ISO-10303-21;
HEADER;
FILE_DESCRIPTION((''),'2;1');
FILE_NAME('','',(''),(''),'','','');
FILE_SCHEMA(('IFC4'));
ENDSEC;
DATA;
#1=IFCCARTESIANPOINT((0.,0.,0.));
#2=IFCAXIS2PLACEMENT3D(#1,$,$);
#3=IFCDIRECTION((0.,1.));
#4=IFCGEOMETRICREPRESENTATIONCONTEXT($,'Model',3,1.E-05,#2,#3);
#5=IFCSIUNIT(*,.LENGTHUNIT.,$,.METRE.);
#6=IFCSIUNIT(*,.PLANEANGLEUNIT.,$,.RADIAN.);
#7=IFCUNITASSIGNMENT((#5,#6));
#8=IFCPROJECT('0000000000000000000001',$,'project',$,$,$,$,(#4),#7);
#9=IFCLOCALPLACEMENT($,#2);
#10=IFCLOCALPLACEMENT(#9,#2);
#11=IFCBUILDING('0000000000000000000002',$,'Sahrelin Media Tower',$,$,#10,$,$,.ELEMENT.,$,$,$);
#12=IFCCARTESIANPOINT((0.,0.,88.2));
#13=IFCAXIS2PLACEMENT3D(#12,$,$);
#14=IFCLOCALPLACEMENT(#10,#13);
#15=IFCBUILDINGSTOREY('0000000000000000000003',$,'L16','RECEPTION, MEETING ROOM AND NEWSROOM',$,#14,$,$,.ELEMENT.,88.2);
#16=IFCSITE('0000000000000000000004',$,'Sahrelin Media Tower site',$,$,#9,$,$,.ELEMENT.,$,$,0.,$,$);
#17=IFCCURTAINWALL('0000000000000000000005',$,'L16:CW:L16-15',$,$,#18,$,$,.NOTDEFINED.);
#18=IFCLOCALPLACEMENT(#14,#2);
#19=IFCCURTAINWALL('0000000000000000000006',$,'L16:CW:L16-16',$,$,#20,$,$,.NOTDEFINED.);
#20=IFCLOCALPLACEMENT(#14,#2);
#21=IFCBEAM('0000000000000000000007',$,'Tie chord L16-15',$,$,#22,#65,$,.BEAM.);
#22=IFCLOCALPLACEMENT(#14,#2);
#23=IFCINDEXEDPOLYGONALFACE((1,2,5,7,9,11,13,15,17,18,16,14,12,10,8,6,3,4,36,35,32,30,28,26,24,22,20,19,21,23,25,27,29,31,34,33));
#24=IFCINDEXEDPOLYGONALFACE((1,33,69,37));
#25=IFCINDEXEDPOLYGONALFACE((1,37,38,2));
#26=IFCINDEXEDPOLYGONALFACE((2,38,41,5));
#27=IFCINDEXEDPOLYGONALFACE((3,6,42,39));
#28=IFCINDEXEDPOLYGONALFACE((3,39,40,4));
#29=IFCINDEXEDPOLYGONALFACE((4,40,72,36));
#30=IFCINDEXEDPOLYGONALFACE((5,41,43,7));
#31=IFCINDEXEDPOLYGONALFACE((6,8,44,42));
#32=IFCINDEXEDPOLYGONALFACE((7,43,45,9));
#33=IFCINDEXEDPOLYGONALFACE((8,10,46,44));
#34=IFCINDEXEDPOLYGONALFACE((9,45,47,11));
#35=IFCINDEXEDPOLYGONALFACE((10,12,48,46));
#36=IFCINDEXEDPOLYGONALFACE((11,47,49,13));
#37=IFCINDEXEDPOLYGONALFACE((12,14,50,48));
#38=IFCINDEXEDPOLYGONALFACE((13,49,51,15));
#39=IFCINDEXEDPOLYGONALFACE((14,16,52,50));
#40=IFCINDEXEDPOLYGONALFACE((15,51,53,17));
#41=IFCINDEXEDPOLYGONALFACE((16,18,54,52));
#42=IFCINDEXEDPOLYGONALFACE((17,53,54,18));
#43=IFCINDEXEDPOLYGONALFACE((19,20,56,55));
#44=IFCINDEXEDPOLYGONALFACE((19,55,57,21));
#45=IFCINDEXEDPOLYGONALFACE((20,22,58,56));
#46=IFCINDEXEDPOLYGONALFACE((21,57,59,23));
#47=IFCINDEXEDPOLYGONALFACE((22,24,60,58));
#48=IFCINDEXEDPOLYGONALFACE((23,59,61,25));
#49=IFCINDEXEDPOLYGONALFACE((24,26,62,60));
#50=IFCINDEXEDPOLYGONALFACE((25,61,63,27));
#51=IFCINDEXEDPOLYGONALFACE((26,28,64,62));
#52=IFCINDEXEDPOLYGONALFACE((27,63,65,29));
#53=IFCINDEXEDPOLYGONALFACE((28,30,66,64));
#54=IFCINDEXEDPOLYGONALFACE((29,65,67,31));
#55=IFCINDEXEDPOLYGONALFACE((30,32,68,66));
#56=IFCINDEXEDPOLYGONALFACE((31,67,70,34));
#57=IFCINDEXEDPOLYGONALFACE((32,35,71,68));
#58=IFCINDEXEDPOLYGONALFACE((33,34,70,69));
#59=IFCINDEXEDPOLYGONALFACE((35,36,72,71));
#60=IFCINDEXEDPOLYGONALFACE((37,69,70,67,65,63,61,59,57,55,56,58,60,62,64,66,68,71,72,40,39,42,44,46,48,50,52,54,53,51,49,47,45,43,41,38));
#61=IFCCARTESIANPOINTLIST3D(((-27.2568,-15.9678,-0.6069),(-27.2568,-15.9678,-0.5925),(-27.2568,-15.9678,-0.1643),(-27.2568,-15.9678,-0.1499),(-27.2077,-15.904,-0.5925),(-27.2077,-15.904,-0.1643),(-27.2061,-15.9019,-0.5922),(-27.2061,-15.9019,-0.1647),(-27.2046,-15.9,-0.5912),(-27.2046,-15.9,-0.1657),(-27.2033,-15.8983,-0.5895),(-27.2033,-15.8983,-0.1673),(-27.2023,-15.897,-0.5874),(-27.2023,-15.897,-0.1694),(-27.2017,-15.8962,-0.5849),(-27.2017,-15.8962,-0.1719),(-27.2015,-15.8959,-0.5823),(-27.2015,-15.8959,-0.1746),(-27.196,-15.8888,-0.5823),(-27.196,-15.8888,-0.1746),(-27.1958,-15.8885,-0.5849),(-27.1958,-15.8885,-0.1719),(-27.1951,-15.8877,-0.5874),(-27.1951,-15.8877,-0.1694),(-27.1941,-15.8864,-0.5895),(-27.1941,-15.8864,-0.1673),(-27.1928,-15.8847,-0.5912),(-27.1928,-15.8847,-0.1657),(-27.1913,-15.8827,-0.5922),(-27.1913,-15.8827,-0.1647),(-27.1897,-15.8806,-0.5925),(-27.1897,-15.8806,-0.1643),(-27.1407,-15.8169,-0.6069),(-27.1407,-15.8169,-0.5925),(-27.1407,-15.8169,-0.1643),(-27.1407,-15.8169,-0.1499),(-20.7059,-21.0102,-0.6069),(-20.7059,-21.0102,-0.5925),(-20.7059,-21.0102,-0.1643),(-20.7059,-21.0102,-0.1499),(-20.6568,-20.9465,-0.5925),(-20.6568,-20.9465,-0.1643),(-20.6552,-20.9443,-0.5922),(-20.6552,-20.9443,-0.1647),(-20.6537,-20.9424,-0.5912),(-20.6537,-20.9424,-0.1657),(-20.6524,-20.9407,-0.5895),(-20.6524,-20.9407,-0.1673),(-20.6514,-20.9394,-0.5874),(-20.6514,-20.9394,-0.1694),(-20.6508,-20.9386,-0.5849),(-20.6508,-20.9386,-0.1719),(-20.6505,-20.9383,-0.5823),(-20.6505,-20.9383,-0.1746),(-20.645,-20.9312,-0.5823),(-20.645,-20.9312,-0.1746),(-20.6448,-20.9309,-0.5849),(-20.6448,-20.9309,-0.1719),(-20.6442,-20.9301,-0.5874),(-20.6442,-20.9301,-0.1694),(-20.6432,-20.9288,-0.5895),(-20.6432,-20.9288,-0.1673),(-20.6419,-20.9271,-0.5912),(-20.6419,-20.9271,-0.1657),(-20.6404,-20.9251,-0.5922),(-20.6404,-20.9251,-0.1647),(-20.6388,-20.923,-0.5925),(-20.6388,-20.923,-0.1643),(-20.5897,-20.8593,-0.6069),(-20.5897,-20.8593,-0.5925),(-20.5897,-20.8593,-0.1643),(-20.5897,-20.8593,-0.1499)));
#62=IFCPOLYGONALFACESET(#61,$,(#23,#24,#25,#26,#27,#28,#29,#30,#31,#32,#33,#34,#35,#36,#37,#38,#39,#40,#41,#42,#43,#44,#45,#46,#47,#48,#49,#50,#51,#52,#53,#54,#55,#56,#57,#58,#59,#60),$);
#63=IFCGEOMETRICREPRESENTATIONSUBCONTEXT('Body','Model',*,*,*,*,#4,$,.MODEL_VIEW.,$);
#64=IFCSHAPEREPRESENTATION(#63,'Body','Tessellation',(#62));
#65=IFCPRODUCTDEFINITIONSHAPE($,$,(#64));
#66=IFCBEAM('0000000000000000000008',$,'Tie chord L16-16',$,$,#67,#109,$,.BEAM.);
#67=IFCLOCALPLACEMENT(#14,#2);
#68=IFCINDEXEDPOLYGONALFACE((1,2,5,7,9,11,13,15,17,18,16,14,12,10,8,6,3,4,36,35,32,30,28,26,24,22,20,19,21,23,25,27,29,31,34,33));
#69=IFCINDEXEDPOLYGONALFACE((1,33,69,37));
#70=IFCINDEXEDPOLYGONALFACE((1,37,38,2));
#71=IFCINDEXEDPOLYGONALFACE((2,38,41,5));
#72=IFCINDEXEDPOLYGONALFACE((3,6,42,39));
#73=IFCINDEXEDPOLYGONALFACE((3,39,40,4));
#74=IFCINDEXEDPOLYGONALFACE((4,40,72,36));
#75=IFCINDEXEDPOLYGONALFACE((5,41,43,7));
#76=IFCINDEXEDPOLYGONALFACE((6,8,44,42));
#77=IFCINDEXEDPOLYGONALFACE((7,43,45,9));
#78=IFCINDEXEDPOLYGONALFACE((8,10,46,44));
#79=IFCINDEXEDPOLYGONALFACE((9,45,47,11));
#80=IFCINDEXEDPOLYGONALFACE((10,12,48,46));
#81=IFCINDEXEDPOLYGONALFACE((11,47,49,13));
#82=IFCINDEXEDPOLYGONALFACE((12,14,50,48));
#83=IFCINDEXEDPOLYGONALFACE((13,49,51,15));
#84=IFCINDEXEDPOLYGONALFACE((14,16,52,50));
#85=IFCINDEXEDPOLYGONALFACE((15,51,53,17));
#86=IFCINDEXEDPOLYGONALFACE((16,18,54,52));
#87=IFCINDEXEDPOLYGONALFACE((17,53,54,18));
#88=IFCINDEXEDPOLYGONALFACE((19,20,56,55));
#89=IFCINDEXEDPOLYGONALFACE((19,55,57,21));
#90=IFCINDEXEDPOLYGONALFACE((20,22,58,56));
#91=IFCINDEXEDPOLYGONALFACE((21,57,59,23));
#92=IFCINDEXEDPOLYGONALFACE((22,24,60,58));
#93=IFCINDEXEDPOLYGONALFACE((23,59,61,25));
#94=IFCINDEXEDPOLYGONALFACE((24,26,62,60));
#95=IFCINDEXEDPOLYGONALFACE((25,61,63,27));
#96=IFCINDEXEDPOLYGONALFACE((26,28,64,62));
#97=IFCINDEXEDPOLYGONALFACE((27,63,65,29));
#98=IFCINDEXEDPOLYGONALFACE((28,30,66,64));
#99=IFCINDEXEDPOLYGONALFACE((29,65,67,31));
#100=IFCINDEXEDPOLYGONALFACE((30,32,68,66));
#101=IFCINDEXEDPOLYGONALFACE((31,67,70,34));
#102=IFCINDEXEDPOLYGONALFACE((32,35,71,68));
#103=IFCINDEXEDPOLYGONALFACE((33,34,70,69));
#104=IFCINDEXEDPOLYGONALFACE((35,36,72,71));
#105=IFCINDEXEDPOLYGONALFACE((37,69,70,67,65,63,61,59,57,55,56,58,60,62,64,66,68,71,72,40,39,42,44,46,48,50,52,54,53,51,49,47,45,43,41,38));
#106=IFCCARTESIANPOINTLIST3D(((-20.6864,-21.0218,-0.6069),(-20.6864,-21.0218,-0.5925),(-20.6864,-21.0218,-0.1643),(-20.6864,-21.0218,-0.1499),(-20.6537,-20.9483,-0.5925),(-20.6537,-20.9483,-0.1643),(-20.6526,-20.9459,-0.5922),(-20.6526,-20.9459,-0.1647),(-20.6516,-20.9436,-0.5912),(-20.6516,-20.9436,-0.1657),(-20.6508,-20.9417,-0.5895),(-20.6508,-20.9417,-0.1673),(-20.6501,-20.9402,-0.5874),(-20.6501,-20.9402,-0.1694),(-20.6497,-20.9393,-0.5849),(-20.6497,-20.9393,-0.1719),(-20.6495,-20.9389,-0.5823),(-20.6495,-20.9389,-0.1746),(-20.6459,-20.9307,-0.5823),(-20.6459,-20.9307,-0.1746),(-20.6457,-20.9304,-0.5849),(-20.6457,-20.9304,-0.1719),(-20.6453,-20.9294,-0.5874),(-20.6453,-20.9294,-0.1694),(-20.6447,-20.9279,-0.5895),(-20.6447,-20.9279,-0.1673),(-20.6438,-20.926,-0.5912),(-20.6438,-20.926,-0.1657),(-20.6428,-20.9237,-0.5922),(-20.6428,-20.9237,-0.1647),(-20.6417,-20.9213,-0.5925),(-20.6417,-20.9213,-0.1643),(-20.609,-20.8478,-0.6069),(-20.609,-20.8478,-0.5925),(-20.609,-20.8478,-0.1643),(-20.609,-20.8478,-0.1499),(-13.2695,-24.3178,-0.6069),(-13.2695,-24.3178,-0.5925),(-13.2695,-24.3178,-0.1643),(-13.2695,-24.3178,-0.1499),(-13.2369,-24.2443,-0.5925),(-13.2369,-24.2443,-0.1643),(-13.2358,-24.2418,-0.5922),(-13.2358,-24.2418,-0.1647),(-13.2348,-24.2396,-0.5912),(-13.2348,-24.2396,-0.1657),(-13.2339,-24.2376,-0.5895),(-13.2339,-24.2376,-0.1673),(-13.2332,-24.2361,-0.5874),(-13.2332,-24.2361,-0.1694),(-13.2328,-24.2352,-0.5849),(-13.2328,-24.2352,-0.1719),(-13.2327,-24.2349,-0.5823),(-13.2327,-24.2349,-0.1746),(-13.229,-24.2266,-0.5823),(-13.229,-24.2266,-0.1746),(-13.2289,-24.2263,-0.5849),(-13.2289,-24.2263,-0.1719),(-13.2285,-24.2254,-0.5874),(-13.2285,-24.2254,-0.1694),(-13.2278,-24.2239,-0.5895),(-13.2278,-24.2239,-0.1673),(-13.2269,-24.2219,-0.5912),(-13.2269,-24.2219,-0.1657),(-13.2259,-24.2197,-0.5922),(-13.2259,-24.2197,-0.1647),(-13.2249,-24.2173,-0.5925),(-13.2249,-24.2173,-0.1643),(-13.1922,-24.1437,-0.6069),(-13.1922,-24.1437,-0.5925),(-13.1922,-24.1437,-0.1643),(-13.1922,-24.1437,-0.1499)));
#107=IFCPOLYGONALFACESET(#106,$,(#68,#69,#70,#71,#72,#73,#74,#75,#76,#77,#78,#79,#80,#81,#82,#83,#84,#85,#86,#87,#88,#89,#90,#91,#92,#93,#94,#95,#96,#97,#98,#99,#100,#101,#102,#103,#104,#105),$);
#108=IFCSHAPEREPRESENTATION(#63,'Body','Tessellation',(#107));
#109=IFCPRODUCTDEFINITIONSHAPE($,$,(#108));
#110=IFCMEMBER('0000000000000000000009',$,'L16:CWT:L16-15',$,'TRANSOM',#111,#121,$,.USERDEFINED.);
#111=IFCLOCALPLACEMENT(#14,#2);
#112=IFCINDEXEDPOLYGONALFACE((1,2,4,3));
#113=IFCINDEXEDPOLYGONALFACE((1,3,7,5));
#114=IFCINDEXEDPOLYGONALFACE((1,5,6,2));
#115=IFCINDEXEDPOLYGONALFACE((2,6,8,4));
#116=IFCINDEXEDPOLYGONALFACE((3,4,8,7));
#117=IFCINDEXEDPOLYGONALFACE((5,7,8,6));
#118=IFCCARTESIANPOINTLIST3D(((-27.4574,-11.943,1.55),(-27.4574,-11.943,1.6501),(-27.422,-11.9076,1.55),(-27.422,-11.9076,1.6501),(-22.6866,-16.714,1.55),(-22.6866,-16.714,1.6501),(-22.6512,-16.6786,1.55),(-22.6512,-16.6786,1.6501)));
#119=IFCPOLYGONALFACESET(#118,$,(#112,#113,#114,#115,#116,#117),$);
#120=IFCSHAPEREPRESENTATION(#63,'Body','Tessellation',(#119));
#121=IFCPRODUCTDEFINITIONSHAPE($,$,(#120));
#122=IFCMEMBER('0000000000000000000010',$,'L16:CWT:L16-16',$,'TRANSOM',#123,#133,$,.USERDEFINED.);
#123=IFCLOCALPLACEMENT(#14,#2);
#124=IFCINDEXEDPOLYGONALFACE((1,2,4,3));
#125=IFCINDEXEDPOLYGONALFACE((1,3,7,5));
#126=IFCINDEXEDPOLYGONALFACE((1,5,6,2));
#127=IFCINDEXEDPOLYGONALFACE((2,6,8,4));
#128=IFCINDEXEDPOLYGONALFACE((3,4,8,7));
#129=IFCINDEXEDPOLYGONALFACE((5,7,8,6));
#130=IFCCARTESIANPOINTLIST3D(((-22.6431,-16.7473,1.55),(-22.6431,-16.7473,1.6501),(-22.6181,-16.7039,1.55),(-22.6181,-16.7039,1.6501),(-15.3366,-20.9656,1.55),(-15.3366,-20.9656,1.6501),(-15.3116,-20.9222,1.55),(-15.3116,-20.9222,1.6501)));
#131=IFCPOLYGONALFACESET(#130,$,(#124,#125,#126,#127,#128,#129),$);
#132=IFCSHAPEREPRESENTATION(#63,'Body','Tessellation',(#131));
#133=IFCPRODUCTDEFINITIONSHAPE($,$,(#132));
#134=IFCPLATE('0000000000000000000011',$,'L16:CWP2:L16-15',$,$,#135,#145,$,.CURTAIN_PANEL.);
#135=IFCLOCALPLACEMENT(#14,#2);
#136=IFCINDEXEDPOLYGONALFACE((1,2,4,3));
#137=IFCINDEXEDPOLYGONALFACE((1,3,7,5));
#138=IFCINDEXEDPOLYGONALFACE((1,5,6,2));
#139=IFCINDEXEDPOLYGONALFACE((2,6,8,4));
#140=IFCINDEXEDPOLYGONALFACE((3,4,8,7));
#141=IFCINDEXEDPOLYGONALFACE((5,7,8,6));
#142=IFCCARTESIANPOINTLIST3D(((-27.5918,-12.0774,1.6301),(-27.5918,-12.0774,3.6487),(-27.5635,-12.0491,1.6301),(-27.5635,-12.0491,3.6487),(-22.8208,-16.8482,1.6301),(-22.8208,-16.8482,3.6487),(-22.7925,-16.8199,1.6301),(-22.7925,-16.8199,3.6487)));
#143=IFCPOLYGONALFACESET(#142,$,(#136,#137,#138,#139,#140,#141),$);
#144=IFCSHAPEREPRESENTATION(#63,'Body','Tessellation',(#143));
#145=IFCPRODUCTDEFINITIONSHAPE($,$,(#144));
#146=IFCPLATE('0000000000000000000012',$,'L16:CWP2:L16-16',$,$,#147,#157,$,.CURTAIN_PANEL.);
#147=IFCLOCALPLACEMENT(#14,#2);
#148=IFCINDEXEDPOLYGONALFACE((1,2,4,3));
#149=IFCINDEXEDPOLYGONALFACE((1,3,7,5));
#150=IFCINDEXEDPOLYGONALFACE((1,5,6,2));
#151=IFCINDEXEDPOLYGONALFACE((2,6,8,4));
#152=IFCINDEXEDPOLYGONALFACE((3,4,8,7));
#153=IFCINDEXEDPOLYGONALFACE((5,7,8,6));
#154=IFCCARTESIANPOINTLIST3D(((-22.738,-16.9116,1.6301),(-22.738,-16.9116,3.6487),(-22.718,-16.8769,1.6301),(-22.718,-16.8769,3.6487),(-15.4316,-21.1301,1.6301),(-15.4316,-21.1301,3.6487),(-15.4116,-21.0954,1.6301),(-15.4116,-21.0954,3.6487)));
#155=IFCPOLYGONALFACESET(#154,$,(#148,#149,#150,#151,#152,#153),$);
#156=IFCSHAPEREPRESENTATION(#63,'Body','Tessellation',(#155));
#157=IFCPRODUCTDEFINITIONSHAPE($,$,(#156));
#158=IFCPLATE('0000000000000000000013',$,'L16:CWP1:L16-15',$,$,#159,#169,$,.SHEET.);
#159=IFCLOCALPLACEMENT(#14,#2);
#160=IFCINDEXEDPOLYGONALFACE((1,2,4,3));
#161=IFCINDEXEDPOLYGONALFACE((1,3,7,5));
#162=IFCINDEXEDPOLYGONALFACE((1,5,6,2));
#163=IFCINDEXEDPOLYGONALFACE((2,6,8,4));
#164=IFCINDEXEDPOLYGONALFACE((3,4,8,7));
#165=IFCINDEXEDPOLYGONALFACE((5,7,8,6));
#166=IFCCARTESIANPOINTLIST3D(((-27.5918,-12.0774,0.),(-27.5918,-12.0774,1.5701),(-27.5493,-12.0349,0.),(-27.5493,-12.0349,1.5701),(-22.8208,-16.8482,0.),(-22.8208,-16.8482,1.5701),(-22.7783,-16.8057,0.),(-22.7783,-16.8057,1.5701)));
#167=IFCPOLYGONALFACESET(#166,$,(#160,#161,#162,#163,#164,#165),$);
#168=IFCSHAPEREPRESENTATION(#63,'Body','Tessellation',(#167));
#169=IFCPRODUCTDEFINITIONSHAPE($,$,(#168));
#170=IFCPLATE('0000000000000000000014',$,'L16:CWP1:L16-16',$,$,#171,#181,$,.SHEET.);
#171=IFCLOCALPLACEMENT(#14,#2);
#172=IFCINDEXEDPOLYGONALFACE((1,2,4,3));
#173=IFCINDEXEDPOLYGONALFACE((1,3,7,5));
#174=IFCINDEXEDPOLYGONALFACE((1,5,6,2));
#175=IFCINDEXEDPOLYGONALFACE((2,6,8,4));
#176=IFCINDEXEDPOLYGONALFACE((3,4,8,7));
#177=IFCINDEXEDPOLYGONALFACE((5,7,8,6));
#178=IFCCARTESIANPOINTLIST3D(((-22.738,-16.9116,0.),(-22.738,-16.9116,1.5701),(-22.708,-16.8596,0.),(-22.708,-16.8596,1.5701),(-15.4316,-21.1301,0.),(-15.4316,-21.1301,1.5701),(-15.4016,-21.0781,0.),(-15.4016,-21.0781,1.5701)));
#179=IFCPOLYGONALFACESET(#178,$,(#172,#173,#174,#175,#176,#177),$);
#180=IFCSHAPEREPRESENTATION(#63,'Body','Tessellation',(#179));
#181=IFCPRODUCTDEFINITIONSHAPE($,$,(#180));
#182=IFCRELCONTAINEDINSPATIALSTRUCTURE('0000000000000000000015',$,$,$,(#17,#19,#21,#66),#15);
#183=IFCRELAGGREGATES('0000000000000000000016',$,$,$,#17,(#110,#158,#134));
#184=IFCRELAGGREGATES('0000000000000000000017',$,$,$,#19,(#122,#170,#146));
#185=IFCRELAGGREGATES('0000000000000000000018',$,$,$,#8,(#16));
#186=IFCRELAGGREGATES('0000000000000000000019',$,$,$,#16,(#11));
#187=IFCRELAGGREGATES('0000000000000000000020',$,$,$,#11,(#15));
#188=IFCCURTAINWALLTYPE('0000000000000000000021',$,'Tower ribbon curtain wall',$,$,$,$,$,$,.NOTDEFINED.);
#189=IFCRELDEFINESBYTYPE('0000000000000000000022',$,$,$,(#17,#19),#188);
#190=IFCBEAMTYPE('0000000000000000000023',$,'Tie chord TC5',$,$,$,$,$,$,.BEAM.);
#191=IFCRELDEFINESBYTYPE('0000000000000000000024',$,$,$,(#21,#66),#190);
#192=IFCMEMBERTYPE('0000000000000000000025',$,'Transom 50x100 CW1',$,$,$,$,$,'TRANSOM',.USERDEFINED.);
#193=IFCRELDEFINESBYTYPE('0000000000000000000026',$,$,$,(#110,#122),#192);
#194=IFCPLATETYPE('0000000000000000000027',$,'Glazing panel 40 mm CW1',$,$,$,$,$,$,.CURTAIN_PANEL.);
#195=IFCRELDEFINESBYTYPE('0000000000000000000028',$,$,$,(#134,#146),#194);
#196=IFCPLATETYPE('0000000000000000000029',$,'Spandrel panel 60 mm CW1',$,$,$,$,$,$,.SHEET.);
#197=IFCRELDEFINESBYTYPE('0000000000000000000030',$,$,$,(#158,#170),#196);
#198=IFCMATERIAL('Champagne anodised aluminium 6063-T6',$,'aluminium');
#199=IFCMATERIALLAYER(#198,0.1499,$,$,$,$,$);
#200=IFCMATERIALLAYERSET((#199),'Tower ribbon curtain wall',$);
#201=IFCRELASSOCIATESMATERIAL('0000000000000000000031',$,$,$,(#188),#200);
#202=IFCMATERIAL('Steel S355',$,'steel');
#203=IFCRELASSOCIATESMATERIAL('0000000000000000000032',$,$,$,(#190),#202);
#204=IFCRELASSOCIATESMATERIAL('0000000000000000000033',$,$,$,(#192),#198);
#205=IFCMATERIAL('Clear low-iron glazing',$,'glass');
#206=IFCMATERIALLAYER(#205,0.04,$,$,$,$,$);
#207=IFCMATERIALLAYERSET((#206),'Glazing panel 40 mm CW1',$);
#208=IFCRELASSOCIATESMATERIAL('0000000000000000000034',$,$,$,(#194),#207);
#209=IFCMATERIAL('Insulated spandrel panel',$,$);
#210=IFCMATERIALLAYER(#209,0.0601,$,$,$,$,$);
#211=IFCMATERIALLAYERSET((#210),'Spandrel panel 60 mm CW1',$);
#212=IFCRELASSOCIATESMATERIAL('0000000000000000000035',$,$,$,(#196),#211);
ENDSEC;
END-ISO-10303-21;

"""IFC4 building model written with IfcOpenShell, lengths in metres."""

from ifc_helpers import new_model, si_unit, direction, frame, origin, origin_2d, place, context, subcontext, project, spatial, polyline, rectangle, i_section, outline, extrude, material, layer, layer_set, material_profile, profile_set, type_object, element, aggregate, save


model = new_model("IFC4")

# Units and contexts
model_context = context("Model", 3, precision=1e-05, world=origin(), true_north=direction((0.0, 1.0)))
body_context = subcontext(model_context, "Body", "Model", "MODEL_VIEW")
ifc_project = project(units=[si_unit("LENGTHUNIT", "METRE"), si_unit("PLANEANGLEUNIT", "RADIAN")], contexts=[model_context])

# Site, building, storey
site_placement = place(None, origin())
site = spatial("IfcSite", under=ifc_project, at=site_placement, Name="Sahrelin Media Tower site", CompositionType="ELEMENT", RefElevation=0.0)
building_placement = place(site_placement, origin())
building = spatial("IfcBuilding", under=site, at=building_placement, Name="Sahrelin Media Tower", CompositionType="ELEMENT")
storey_placement = place(building_placement, frame((0.0, 0.0, 88.2)))
storey = spatial("IfcBuildingStorey", under=building, at=storey_placement, Name="L16", Description="RECEPTION, MEETING ROOM AND NEWSROOM", CompositionType="ELEMENT", Elevation=88.2)

# Shared definitions
ifc_material_1 = material(Name="Steel S355", Category="steel")

# Curtain walls
ifc_material_2 = material(Name="Champagne anodised aluminium 6063-T6", Category="aluminium")
ifc_layer_1 = layer(ifc_material_2, 0.1499)
ifc_layer_set_1 = layer_set([ifc_layer_1], Name="Tower ribbon curtain wall")
curtain_wall_type = type_object("IfcCurtainWallType", Name="Tower ribbon curtain wall", PredefinedType="NOTDEFINED", material=ifc_layer_set_1)
curtain_wall_1_placement = place(storey_placement, frame((-25.1921, -14.4485, 0.0), z_axis=(0.0, 0.0, 1.0), x_axis=(1.0, 0.0, 0.0)))
curtain_wall_1 = element("IfcCurtainWall", 1, at=curtain_wall_1_placement, inside=storey, type_object=curtain_wall_type, Name="L16:CW:L16-15", PredefinedType="NOTDEFINED")
curtain_wall_2_placement = place(storey_placement, frame((-19.075, -19.0037, 0.0), z_axis=(0.0, 0.0, 1.0), x_axis=(1.0, 0.0, 0.0)))
curtain_wall_2 = element("IfcCurtainWall", 2, at=curtain_wall_2_placement, inside=storey, type_object=curtain_wall_type, Name="L16:CW:L16-16", PredefinedType="NOTDEFINED")

# Beams
ifc_material_profile_1 = material_profile(ifc_material_1, i_section(OverallWidth=0.1904, OverallDepth=0.457, WebThickness=0.009, FlangeThickness=0.0144, FilletRadius=0.0103, at=origin_2d()), Name="UB 457x191x74")
ifc_profile_set_1 = profile_set([ifc_material_profile_1], Name="Steel S355")
beam_type_1 = type_object("IfcBeamType", Name="Tie chord TC5", PredefinedType="BEAM", material=ifc_profile_set_1)
beam_1_placement = place(storey_placement, frame((-27.1987, -15.8923, -0.3784), z_axis=(0.792435, -0.609956, 0.0), x_axis=(0.609956, 0.792435, 0.0)))
element("IfcBeam", 3, at=beam_1_placement, inside=storey, type_object=beam_type_1, Name="Tie chord L16-15", PredefinedType="BEAM", context=body_context, shape_type="SweptSolid", body=[
    extrude(i_section(OverallWidth=0.1904, OverallDepth=0.457, WebThickness=0.009, FlangeThickness=0.0144, FilletRadius=0.0103, at=origin_2d()), origin(), (0.0, 0.0, 1.0), 8.2668),
])
beam_2_placement = place(storey_placement, frame((-20.6477, -20.9348, -0.3784), z_axis=(0.913831, -0.406094, 0.0), x_axis=(0.406094, 0.913831, 0.0)))
element("IfcBeam", 4, at=beam_2_placement, inside=storey, type_object=beam_type_1, Name="Tie chord L16-16", PredefinedType="BEAM", context=body_context, shape_type="SweptSolid", body=[
    extrude(i_section(OverallWidth=0.1904, OverallDepth=0.457, WebThickness=0.009, FlangeThickness=0.0144, FilletRadius=0.0103, at=origin_2d()), origin(), (0.0, 0.0, 1.0), 8.1162),
])

# Members
ifc_material_profile_2 = material_profile(ifc_material_2, rectangle(XDim=0.05, YDim=0.1001, at=origin_2d()), Name="Transom 50x100")
ifc_profile_set_2 = profile_set([ifc_material_profile_2], Name="Champagne anodised aluminium 6063-T6")
member_type_1 = type_object("IfcMemberType", Name="Transom 50x100 CW1", ElementType="TRANSOM", PredefinedType="USERDEFINED", material=ifc_profile_set_2)
member_1_placement = place(storey_placement, frame((-27.4397, -11.9253, 1.6001), z_axis=(0.707089, -0.707125, 0.0), x_axis=(0.707125, 0.707089, 0.0)))
member_1 = element("IfcMember", 5, at=member_1_placement, type_object=member_type_1, Name="L16:CWT:L16-15", ObjectType="TRANSOM", PredefinedType="USERDEFINED", context=body_context, shape_type="SweptSolid", body=[
    extrude(rectangle(XDim=0.05, YDim=0.1001, at=origin_2d()), origin(), (0.0, 0.0, 1.0), 6.7471),
])
member_2_placement = place(storey_placement, frame((-22.6306, -16.7256, 1.6001), z_axis=(0.86603, -0.499992, 0.0), x_axis=(0.499992, 0.86603, 0.0)))
member_2 = element("IfcMember", 6, at=member_2_placement, type_object=member_type_1, Name="L16:CWT:L16-16", ObjectType="TRANSOM", PredefinedType="USERDEFINED", context=body_context, shape_type="SweptSolid", body=[
    extrude(rectangle(XDim=0.05, YDim=0.1001, at=origin_2d()), origin(), (0.0, 0.0, 1.0), 8.4368),
])

# Plates
ifc_material_3 = material(Name="Clear low-iron glazing", Category="glass")
ifc_layer_2 = layer(ifc_material_3, 0.04)
ifc_layer_set_2 = layer_set([ifc_layer_2], Name="Glazing panel 40 mm CW1")
plate_type_1 = type_object("IfcPlateType", Name="Glazing panel 40 mm CW1", PredefinedType="CURTAIN_PANEL", material=ifc_layer_set_2)
plate_1_placement = place(storey_placement, frame((-27.5918, -12.0774, 1.6301), z_axis=(-0.707089, -0.707125, 0.0), x_axis=(0.707125, -0.707089, 0.0)))
plate_1 = element("IfcPlate", 7, at=plate_1_placement, type_object=plate_type_1, Name="L16:CWP2:L16-15", PredefinedType="CURTAIN_PANEL", context=body_context, shape_type="SweptSolid", body=[
    extrude(outline(polyline([(0.0, 0.0), (6.7471, 0.0), (6.7471, 2.0186), (0.0, 2.0186), (0.0, 0.0)])), origin(), (0.0, 0.0, -1.0), 0.04),
])
plate_2_placement = place(storey_placement, frame((-22.738, -16.9116, 1.6301), z_axis=(-0.500014, -0.866017, 0.0), x_axis=(0.866017, -0.500014, 0.0)))
plate_2 = element("IfcPlate", 8, at=plate_2_placement, type_object=plate_type_1, Name="L16:CWP2:L16-16", PredefinedType="CURTAIN_PANEL", context=body_context, shape_type="SweptSolid", body=[
    extrude(outline(polyline([(0.0, 0.0), (8.4368, 0.0), (8.4368, 2.0186), (0.0, 2.0186), (0.0, 0.0)])), origin(), (0.0, 0.0, -1.0), 0.04),
])
ifc_material_4 = material(Name="Insulated spandrel panel")
ifc_layer_3 = layer(ifc_material_4, 0.0601)
ifc_layer_set_3 = layer_set([ifc_layer_3], Name="Spandrel panel 60 mm CW1")
plate_type_2 = type_object("IfcPlateType", Name="Spandrel panel 60 mm CW1", PredefinedType="SHEET", material=ifc_layer_set_3)
plate_3_placement = place(storey_placement, frame((-27.5918, -12.0774, 0.0), z_axis=(-0.707089, -0.707125, 0.0), x_axis=(0.707125, -0.707089, 0.0)))
plate_3 = element("IfcPlate", 9, at=plate_3_placement, type_object=plate_type_2, Name="L16:CWP1:L16-15", PredefinedType="SHEET", context=body_context, shape_type="SweptSolid", body=[
    extrude(outline(polyline([(0.0, 0.0), (6.7471, 0.0), (6.7471, 1.5701), (0.0, 1.5701), (0.0, 0.0)])), origin(), (0.0, 0.0, -1.0), 0.0601),
])
aggregate(curtain_wall_1, [member_1, plate_3, plate_1])
plate_4_placement = place(storey_placement, frame((-22.738, -16.9116, 0.0), z_axis=(-0.500014, -0.866017, 0.0), x_axis=(0.866017, -0.500014, 0.0)))
plate_4 = element("IfcPlate", 10, at=plate_4_placement, type_object=plate_type_2, Name="L16:CWP1:L16-16", PredefinedType="SHEET", context=body_context, shape_type="SweptSolid", body=[
    extrude(outline(polyline([(0.0, 0.0), (8.4368, 0.0), (8.4368, 1.5701), (0.0, 1.5701), (0.0, 0.0)])), origin(), (0.0, 0.0, -1.0), 0.0601),
])
aggregate(curtain_wall_2, [member_2, plate_4, plate_2])

save(model, "model.ifc")
